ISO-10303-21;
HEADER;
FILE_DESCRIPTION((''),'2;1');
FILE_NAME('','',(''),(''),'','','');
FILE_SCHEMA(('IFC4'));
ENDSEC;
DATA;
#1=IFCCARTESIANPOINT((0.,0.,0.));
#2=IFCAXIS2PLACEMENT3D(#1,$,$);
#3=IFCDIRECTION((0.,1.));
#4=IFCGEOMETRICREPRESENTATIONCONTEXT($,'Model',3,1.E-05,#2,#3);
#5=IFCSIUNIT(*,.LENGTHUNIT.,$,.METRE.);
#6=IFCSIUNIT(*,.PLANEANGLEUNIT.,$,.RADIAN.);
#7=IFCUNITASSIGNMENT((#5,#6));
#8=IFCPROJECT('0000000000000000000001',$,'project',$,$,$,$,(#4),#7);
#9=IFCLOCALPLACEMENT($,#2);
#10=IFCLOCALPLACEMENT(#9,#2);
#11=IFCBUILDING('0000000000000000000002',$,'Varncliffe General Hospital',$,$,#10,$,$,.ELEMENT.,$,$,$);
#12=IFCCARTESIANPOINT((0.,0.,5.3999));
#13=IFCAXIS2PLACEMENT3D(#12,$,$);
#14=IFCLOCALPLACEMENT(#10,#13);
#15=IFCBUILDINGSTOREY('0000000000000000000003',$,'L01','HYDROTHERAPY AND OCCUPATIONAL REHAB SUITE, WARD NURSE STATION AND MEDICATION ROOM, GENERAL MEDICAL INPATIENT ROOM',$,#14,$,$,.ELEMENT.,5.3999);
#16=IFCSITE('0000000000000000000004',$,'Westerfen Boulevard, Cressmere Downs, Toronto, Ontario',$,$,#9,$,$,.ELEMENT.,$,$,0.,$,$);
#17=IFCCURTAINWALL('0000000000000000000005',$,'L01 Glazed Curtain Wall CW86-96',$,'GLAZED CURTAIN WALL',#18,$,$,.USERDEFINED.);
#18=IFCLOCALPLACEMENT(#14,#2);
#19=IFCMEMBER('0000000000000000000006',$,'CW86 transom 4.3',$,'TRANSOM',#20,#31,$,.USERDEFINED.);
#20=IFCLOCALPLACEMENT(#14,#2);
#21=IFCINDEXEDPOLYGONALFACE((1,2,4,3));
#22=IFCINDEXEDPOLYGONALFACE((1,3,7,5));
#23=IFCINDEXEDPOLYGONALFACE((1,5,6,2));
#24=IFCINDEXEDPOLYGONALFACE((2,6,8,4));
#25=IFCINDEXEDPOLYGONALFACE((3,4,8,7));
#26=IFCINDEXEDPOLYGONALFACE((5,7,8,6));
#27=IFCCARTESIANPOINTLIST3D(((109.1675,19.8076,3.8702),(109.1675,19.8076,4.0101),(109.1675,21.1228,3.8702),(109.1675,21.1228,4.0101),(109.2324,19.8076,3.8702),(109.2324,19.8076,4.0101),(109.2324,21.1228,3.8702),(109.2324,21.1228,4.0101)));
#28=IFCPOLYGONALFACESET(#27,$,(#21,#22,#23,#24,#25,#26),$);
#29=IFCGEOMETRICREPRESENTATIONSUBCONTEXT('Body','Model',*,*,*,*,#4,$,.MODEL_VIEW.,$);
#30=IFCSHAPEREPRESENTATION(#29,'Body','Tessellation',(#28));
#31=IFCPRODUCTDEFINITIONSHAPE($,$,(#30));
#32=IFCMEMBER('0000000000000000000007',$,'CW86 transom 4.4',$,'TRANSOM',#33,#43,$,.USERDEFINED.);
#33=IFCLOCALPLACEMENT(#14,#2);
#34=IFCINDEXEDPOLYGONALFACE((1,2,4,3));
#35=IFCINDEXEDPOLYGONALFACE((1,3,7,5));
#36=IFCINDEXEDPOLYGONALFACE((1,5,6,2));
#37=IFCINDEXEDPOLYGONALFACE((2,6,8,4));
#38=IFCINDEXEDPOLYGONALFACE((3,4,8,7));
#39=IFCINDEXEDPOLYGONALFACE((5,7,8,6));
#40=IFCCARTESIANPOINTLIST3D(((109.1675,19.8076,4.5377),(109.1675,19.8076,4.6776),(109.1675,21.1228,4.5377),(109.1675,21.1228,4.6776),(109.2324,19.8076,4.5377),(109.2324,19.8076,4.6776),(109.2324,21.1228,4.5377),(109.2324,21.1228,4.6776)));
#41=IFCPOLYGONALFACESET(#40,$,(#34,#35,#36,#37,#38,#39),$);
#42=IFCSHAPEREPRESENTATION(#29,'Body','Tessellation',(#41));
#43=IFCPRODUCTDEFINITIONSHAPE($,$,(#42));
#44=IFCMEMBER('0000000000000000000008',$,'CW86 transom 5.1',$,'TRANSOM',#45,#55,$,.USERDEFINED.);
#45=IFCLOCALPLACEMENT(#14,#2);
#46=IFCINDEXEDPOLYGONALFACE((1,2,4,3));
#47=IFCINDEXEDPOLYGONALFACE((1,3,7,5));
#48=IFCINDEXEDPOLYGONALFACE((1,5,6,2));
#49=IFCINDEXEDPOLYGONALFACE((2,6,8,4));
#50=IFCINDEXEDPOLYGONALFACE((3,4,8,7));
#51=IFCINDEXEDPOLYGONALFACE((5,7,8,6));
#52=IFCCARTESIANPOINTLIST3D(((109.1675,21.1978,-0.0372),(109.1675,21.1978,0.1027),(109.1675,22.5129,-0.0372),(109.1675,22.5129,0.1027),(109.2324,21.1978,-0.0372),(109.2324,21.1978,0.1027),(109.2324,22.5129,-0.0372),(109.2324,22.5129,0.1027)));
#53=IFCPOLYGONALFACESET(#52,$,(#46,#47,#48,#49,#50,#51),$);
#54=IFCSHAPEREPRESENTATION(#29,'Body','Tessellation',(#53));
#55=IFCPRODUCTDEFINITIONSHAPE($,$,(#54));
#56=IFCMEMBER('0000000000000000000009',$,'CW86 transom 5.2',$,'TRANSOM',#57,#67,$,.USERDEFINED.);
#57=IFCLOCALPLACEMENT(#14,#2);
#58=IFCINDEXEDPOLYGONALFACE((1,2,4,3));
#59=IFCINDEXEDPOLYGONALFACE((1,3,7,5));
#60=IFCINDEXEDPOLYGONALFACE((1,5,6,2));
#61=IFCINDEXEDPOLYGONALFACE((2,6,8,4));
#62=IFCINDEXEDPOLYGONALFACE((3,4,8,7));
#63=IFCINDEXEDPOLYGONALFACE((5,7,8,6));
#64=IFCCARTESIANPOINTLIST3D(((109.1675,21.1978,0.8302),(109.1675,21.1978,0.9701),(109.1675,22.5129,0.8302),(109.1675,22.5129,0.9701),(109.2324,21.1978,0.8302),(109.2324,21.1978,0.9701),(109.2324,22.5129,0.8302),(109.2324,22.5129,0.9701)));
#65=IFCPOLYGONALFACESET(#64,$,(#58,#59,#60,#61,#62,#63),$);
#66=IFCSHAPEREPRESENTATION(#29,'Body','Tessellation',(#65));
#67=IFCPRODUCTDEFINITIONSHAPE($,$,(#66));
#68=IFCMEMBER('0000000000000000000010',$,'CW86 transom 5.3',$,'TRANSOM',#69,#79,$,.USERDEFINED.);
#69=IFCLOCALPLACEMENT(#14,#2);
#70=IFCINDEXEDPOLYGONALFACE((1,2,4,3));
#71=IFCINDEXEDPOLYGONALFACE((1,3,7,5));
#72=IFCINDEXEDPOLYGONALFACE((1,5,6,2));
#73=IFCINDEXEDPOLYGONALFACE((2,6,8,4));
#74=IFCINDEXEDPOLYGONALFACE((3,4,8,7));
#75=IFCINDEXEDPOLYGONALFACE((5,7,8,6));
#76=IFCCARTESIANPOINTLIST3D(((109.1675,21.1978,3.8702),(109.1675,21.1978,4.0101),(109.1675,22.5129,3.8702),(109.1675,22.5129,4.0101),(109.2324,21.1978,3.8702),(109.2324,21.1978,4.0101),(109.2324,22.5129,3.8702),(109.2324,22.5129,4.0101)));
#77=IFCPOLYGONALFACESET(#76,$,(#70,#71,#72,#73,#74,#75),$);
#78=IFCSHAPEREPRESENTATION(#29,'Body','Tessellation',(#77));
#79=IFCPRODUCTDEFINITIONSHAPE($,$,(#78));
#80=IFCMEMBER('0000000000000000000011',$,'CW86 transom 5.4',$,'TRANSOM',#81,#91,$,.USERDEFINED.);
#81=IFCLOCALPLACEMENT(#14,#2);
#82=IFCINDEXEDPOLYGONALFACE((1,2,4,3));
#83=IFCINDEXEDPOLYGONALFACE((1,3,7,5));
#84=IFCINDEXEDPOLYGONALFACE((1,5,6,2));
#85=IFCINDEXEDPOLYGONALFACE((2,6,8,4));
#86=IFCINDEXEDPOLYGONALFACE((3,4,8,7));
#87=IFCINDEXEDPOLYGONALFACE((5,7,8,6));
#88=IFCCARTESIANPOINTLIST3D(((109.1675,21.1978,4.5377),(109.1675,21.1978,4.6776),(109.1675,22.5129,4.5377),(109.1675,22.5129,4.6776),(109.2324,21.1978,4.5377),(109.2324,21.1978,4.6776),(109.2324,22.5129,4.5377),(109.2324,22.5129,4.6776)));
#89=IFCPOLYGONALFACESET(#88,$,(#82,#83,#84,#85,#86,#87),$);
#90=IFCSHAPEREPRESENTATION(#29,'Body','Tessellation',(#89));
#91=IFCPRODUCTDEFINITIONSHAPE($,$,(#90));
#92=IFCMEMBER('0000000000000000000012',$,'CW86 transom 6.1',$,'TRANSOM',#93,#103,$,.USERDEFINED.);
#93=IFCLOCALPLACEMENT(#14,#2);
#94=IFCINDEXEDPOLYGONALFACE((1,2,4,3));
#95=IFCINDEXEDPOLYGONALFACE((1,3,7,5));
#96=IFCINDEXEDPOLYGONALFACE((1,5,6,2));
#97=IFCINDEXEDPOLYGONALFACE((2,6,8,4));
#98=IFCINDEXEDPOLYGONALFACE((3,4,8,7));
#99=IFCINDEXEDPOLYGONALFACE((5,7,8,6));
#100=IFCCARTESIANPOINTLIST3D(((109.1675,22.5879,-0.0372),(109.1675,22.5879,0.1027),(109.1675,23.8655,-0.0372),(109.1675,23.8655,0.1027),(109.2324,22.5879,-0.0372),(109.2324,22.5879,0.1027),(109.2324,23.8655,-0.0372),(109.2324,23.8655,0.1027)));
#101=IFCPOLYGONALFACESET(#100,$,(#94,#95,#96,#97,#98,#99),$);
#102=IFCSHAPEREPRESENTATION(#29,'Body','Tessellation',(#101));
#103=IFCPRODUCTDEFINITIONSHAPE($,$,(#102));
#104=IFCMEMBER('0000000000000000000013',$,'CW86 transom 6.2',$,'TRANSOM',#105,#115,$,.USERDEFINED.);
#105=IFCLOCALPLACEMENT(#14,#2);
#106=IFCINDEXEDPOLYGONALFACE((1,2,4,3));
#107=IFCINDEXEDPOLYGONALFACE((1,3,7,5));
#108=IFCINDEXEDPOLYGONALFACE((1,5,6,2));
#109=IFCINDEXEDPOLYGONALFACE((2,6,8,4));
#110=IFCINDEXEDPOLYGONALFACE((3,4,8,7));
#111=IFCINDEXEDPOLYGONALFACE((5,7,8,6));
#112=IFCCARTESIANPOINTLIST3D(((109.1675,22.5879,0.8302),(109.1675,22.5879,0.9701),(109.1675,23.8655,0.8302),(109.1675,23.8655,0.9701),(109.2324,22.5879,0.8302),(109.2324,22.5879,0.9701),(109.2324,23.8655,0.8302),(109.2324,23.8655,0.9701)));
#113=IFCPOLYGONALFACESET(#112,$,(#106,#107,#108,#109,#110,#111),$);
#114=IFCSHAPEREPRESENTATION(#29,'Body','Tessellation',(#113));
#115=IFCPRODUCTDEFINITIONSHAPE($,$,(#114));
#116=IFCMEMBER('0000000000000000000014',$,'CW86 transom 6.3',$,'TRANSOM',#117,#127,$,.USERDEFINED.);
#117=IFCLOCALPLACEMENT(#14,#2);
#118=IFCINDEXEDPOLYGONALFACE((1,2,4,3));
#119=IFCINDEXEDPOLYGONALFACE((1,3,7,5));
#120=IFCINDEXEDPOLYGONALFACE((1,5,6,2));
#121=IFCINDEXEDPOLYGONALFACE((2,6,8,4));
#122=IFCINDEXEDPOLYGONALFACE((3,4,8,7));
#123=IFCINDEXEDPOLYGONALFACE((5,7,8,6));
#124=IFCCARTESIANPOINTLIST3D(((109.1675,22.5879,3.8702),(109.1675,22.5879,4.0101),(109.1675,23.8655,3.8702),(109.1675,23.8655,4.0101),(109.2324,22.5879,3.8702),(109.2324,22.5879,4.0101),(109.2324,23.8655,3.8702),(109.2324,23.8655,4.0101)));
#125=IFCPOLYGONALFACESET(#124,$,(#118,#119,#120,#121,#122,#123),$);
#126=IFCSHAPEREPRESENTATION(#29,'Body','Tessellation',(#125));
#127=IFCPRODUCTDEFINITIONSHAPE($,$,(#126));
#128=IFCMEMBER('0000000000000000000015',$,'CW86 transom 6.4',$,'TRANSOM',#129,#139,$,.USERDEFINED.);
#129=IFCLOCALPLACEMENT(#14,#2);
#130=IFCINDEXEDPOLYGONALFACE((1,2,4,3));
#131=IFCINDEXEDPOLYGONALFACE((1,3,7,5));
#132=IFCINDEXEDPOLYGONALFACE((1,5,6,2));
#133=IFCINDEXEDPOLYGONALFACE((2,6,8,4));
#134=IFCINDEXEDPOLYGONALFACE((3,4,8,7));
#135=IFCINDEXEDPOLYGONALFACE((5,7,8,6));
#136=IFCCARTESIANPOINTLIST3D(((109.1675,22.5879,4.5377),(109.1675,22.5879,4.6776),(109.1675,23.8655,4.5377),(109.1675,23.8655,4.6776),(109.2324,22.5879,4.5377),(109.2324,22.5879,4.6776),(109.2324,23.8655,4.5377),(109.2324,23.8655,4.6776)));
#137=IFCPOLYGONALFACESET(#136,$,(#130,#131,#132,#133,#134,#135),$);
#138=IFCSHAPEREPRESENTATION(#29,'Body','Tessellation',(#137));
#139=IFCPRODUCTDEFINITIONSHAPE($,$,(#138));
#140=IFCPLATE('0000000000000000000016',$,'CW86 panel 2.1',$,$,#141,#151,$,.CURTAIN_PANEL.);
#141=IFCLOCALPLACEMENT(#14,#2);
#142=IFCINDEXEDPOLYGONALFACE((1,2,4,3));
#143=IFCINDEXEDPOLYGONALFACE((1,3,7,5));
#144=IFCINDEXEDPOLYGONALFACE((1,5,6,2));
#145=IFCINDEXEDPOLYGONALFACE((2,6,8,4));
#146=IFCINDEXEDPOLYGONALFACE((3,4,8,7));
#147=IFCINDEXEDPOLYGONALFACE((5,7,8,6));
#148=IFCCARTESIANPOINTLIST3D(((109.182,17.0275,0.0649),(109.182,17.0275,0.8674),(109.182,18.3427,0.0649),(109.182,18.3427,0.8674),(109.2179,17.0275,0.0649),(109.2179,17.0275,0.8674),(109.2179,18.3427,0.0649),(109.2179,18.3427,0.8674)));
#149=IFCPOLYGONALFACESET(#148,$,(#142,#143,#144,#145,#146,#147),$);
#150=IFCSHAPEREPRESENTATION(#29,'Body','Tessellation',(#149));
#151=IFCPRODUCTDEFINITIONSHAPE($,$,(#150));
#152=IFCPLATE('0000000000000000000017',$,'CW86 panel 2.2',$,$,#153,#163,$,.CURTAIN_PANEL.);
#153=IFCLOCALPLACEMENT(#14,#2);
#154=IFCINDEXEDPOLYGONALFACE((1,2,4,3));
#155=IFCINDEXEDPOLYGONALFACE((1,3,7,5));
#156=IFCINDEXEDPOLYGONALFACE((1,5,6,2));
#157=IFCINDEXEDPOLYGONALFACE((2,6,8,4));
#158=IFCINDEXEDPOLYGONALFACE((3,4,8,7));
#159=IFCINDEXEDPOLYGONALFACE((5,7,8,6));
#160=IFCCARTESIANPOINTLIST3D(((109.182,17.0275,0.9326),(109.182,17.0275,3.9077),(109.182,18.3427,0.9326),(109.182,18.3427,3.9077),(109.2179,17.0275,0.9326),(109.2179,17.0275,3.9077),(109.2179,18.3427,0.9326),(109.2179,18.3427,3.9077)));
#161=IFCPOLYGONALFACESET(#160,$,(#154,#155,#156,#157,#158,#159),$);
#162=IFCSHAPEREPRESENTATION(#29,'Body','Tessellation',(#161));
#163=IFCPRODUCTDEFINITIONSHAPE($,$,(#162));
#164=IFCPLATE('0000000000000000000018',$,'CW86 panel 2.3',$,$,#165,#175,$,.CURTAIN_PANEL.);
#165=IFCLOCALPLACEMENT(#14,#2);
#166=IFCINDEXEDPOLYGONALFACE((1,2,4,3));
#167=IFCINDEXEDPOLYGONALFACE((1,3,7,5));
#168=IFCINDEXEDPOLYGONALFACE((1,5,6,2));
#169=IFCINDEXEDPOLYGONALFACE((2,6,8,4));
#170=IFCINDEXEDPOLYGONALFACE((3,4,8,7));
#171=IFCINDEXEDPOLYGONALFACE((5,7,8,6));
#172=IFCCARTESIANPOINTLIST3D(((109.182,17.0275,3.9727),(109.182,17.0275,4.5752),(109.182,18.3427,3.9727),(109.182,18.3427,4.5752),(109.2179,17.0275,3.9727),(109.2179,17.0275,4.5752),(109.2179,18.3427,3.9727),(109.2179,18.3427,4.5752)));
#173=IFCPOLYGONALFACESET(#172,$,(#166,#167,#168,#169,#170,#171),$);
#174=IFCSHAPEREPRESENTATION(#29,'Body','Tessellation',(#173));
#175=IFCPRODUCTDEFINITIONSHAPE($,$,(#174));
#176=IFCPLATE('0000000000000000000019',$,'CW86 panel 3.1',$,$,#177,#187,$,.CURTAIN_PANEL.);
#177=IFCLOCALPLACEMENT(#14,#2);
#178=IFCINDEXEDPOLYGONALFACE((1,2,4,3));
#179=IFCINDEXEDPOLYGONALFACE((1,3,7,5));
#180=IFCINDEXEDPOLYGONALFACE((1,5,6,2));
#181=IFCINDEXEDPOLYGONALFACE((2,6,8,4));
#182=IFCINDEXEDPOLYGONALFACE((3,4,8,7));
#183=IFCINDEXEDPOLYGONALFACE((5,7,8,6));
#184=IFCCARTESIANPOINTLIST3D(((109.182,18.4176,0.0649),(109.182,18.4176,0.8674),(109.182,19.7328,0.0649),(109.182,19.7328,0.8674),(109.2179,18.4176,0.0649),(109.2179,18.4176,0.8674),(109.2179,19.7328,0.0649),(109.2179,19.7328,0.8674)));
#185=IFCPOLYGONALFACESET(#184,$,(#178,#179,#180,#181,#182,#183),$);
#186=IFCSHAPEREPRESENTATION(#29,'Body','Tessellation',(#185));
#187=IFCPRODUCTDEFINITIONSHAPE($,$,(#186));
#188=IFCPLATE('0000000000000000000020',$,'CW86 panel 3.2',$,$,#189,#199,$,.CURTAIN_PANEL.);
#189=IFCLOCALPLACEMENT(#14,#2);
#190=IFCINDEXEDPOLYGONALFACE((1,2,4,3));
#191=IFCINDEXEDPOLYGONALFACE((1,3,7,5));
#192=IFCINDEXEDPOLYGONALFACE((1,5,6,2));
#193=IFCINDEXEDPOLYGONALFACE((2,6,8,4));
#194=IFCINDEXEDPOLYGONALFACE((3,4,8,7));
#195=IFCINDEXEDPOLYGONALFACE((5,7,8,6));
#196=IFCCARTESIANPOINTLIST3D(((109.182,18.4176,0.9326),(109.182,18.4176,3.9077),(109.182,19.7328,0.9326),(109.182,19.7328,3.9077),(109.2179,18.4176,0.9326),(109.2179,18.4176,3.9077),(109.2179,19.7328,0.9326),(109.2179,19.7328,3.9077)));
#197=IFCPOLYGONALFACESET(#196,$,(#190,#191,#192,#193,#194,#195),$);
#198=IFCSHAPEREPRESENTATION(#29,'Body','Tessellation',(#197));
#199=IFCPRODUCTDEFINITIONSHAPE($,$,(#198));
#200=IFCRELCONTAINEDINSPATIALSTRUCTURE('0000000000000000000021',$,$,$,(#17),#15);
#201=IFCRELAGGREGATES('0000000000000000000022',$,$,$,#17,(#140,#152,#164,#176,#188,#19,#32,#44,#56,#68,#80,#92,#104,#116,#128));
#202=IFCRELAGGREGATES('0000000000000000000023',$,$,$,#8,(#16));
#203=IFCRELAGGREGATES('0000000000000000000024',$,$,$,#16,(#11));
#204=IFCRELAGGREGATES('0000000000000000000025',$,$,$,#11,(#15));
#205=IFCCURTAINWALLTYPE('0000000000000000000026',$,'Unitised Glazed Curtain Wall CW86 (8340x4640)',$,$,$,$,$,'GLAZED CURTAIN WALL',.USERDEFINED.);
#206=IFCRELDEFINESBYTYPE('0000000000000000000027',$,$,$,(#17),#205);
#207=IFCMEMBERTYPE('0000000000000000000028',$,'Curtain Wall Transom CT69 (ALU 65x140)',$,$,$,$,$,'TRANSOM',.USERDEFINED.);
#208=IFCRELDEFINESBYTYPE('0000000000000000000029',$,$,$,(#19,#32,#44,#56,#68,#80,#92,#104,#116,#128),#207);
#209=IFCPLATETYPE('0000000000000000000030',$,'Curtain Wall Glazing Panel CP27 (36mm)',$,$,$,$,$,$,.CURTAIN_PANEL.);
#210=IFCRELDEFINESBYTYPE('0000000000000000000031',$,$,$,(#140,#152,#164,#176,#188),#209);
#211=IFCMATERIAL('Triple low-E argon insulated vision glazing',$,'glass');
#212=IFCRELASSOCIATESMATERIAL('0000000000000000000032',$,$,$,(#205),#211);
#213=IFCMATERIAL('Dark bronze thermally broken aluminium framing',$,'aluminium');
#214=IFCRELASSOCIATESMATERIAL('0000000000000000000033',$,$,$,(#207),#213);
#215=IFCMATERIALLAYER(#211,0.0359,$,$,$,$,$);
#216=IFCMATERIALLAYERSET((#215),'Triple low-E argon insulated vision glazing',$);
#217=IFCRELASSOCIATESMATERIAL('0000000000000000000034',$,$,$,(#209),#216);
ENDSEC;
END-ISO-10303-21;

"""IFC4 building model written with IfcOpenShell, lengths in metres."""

from ifc_helpers import new_model, si_unit, direction, frame, origin, origin_2d, place, context, subcontext, project, spatial, rectangle, extrude, material, layer, layer_set, material_profile, profile_set, type_object, element, aggregate, save


model = new_model("IFC4")

# Units and contexts
model_context = context("Model", 3, precision=1e-05, world=origin(), true_north=direction((0.0, 1.0)))
body_context = subcontext(model_context, "Body", "Model", "MODEL_VIEW")
ifc_project = project(units=[si_unit("LENGTHUNIT", "METRE"), si_unit("PLANEANGLEUNIT", "RADIAN")], contexts=[model_context])

# Site, building, storey
site_placement = place(None, origin())
site = spatial("IfcSite", under=ifc_project, at=site_placement, Name="Westerfen Boulevard, Cressmere Downs, Toronto, Ontario", CompositionType="ELEMENT", RefElevation=0.0)
building_placement = place(site_placement, origin())
building = spatial("IfcBuilding", under=site, at=building_placement, Name="Varncliffe General Hospital", CompositionType="ELEMENT")
storey_placement = place(building_placement, frame((0.0, 0.0, 5.3999)))
storey = spatial("IfcBuildingStorey", under=building, at=storey_placement, Name="L01", Description="HYDROTHERAPY AND OCCUPATIONAL REHAB SUITE, WARD NURSE STATION AND MEDICATION ROOM, GENERAL MEDICAL INPATIENT ROOM", CompositionType="ELEMENT", Elevation=5.3999)

# Shared definitions
ifc_material_1 = material(Name="Triple low-E argon insulated vision glazing", Category="glass")
ifc_material_2 = material(Name="Dark bronze thermally broken aluminium framing", Category="aluminium")

# Curtain wall, members, plates
curtain_wall_type_1 = type_object("IfcCurtainWallType", Name="Unitised Glazed Curtain Wall CW86 (8340x4640)", ElementType="GLAZED CURTAIN WALL", PredefinedType="USERDEFINED", material=ifc_material_1)
curtain_wall_1_placement = place(storey_placement, origin())
curtain_wall_1 = element("IfcCurtainWall", 1, at=curtain_wall_1_placement, inside=storey, type_object=curtain_wall_type_1, Name="L01 Glazed Curtain Wall CW86-96", ObjectType="GLAZED CURTAIN WALL", PredefinedType="USERDEFINED")
ifc_material_profile_1 = material_profile(ifc_material_2, rectangle(XDim=0.0649, YDim=0.1399, at=origin_2d()), Name="ALU 65x140")
ifc_profile_set_1 = profile_set([ifc_material_profile_1], Name="Dark bronze thermally broken aluminium framing")
member_type_1 = type_object("IfcMemberType", Name="Curtain Wall Transom CT69 (ALU 65x140)", ElementType="TRANSOM", PredefinedType="USERDEFINED", material=ifc_profile_set_1)
member_1_placement = place(storey_placement, frame((109.2, 19.8076, 3.9402), z_axis=(0.0, 1.0, 0.0), x_axis=(-1.0, 0.0, 0.0)))
member_1 = element("IfcMember", 2, at=member_1_placement, type_object=member_type_1, Name="CW86 transom 4.3", ObjectType="TRANSOM", PredefinedType="USERDEFINED", context=body_context, shape_type="SweptSolid", body=[
    extrude(rectangle(XDim=0.0649, YDim=0.1399, at=origin_2d()), origin(), (0.0, 0.0, 1.0), 1.3152),
])
member_2_placement = place(storey_placement, frame((109.2, 19.8076, 4.6077), z_axis=(0.0, 1.0, 0.0), x_axis=(-1.0, 0.0, 0.0)))
member_2 = element("IfcMember", 3, at=member_2_placement, type_object=member_type_1, Name="CW86 transom 4.4", ObjectType="TRANSOM", PredefinedType="USERDEFINED", context=body_context, shape_type="SweptSolid", body=[
    extrude(rectangle(XDim=0.0649, YDim=0.1399, at=origin_2d()), origin(), (0.0, 0.0, 1.0), 1.3152),
])
member_3_placement = place(storey_placement, frame((109.2, 21.1978, 0.0327), z_axis=(0.0, 1.0, 0.0), x_axis=(-1.0, 0.0, 0.0)))
member_3 = element("IfcMember", 4, at=member_3_placement, type_object=member_type_1, Name="CW86 transom 5.1", ObjectType="TRANSOM", PredefinedType="USERDEFINED", context=body_context, shape_type="SweptSolid", body=[
    extrude(rectangle(XDim=0.0649, YDim=0.1399, at=origin_2d()), origin(), (0.0, 0.0, 1.0), 1.3152),
])
member_4_placement = place(storey_placement, frame((109.2, 21.1978, 0.9001), z_axis=(0.0, 1.0, 0.0), x_axis=(-1.0, 0.0, 0.0)))
member_4 = element("IfcMember", 5, at=member_4_placement, type_object=member_type_1, Name="CW86 transom 5.2", ObjectType="TRANSOM", PredefinedType="USERDEFINED", context=body_context, shape_type="SweptSolid", body=[
    extrude(rectangle(XDim=0.0649, YDim=0.1399, at=origin_2d()), origin(), (0.0, 0.0, 1.0), 1.3152),
])
member_5_placement = place(storey_placement, frame((109.2, 21.1978, 3.9402), z_axis=(0.0, 1.0, 0.0), x_axis=(-1.0, 0.0, 0.0)))
member_5 = element("IfcMember", 6, at=member_5_placement, type_object=member_type_1, Name="CW86 transom 5.3", ObjectType="TRANSOM", PredefinedType="USERDEFINED", context=body_context, shape_type="SweptSolid", body=[
    extrude(rectangle(XDim=0.0649, YDim=0.1399, at=origin_2d()), origin(), (0.0, 0.0, 1.0), 1.3152),
])
member_6_placement = place(storey_placement, frame((109.2, 21.1978, 4.6077), z_axis=(0.0, 1.0, 0.0), x_axis=(-1.0, 0.0, 0.0)))
member_6 = element("IfcMember", 7, at=member_6_placement, type_object=member_type_1, Name="CW86 transom 5.4", ObjectType="TRANSOM", PredefinedType="USERDEFINED", context=body_context, shape_type="SweptSolid", body=[
    extrude(rectangle(XDim=0.0649, YDim=0.1399, at=origin_2d()), origin(), (0.0, 0.0, 1.0), 1.3152),
])
member_7_placement = place(storey_placement, frame((109.2, 22.5879, 0.0327), z_axis=(0.0, 1.0, 0.0), x_axis=(-1.0, 0.0, 0.0)))
member_7 = element("IfcMember", 8, at=member_7_placement, type_object=member_type_1, Name="CW86 transom 6.1", ObjectType="TRANSOM", PredefinedType="USERDEFINED", context=body_context, shape_type="SweptSolid", body=[
    extrude(rectangle(XDim=0.0649, YDim=0.1399, at=origin_2d()), origin(), (0.0, 0.0, 1.0), 1.2776),
])
member_8_placement = place(storey_placement, frame((109.2, 22.5879, 0.9001), z_axis=(0.0, 1.0, 0.0), x_axis=(-1.0, 0.0, 0.0)))
member_8 = element("IfcMember", 9, at=member_8_placement, type_object=member_type_1, Name="CW86 transom 6.2", ObjectType="TRANSOM", PredefinedType="USERDEFINED", context=body_context, shape_type="SweptSolid", body=[
    extrude(rectangle(XDim=0.0649, YDim=0.1399, at=origin_2d()), origin(), (0.0, 0.0, 1.0), 1.2776),
])
member_9_placement = place(storey_placement, frame((109.2, 22.5879, 3.9402), z_axis=(0.0, 1.0, 0.0), x_axis=(-1.0, 0.0, 0.0)))
member_9 = element("IfcMember", 10, at=member_9_placement, type_object=member_type_1, Name="CW86 transom 6.3", ObjectType="TRANSOM", PredefinedType="USERDEFINED", context=body_context, shape_type="SweptSolid", body=[
    extrude(rectangle(XDim=0.0649, YDim=0.1399, at=origin_2d()), origin(), (0.0, 0.0, 1.0), 1.2776),
])
member_10_placement = place(storey_placement, frame((109.2, 22.5879, 4.6077), z_axis=(0.0, 1.0, 0.0), x_axis=(-1.0, 0.0, 0.0)))
member_10 = element("IfcMember", 11, at=member_10_placement, type_object=member_type_1, Name="CW86 transom 6.4", ObjectType="TRANSOM", PredefinedType="USERDEFINED", context=body_context, shape_type="SweptSolid", body=[
    extrude(rectangle(XDim=0.0649, YDim=0.1399, at=origin_2d()), origin(), (0.0, 0.0, 1.0), 1.2776),
])
ifc_layer = layer(ifc_material_1, 0.0359)
ifc_layer_set = layer_set([ifc_layer], Name="Triple low-E argon insulated vision glazing")
plate_type = type_object("IfcPlateType", Name="Curtain Wall Glazing Panel CP27 (36mm)", PredefinedType="CURTAIN_PANEL", material=ifc_layer_set)
plate_1_placement = place(storey_placement, frame((109.2, 17.6851, 0.0649), z_axis=(0.0, 0.0, 1.0), x_axis=(0.0, 1.0, 0.0)))
plate_1 = element("IfcPlate", 12, at=plate_1_placement, type_object=plate_type, Name="CW86 panel 2.1", PredefinedType="CURTAIN_PANEL", context=body_context, shape_type="SweptSolid", body=[
    extrude(rectangle(XDim=1.3152, YDim=0.0359, at=origin_2d()), origin(), (0.0, 0.0, 1.0), 0.8025),
])
plate_2_placement = place(storey_placement, frame((109.2, 17.6851, 0.9326), z_axis=(0.0, 0.0, 1.0), x_axis=(0.0, 1.0, 0.0)))
plate_2 = element("IfcPlate", 13, at=plate_2_placement, type_object=plate_type, Name="CW86 panel 2.2", PredefinedType="CURTAIN_PANEL", context=body_context, shape_type="SweptSolid", body=[
    extrude(rectangle(XDim=1.3152, YDim=0.0359, at=origin_2d()), origin(), (0.0, 0.0, 1.0), 2.9751),
])
plate_3_placement = place(storey_placement, frame((109.2, 17.6851, 3.9727), z_axis=(0.0, 0.0, 1.0), x_axis=(0.0, 1.0, 0.0)))
plate_3 = element("IfcPlate", 14, at=plate_3_placement, type_object=plate_type, Name="CW86 panel 2.3", PredefinedType="CURTAIN_PANEL", context=body_context, shape_type="SweptSolid", body=[
    extrude(rectangle(XDim=1.3152, YDim=0.0359, at=origin_2d()), origin(), (0.0, 0.0, 1.0), 0.6025),
])
plate_4_placement = place(storey_placement, frame((109.2, 19.0752, 0.0649), z_axis=(0.0, 0.0, 1.0), x_axis=(0.0, 1.0, 0.0)))
plate_4 = element("IfcPlate", 15, at=plate_4_placement, type_object=plate_type, Name="CW86 panel 3.1", PredefinedType="CURTAIN_PANEL", context=body_context, shape_type="SweptSolid", body=[
    extrude(rectangle(XDim=1.3152, YDim=0.0359, at=origin_2d()), origin(), (0.0, 0.0, 1.0), 0.8025),
])
plate_5_placement = place(storey_placement, frame((109.2, 19.0752, 0.9326), z_axis=(0.0, 0.0, 1.0), x_axis=(0.0, 1.0, 0.0)))
plate_5 = element("IfcPlate", 16, at=plate_5_placement, type_object=plate_type, Name="CW86 panel 3.2", PredefinedType="CURTAIN_PANEL", context=body_context, shape_type="SweptSolid", body=[
    extrude(rectangle(XDim=1.3152, YDim=0.0359, at=origin_2d()), origin(), (0.0, 0.0, 1.0), 2.9751),
])
aggregate(curtain_wall_1, [plate_1, plate_2, plate_3, plate_4, plate_5, member_1, member_2, member_3, member_4, member_5, member_6, member_7, member_8, member_9, member_10])

save(model, "model.ifc")
